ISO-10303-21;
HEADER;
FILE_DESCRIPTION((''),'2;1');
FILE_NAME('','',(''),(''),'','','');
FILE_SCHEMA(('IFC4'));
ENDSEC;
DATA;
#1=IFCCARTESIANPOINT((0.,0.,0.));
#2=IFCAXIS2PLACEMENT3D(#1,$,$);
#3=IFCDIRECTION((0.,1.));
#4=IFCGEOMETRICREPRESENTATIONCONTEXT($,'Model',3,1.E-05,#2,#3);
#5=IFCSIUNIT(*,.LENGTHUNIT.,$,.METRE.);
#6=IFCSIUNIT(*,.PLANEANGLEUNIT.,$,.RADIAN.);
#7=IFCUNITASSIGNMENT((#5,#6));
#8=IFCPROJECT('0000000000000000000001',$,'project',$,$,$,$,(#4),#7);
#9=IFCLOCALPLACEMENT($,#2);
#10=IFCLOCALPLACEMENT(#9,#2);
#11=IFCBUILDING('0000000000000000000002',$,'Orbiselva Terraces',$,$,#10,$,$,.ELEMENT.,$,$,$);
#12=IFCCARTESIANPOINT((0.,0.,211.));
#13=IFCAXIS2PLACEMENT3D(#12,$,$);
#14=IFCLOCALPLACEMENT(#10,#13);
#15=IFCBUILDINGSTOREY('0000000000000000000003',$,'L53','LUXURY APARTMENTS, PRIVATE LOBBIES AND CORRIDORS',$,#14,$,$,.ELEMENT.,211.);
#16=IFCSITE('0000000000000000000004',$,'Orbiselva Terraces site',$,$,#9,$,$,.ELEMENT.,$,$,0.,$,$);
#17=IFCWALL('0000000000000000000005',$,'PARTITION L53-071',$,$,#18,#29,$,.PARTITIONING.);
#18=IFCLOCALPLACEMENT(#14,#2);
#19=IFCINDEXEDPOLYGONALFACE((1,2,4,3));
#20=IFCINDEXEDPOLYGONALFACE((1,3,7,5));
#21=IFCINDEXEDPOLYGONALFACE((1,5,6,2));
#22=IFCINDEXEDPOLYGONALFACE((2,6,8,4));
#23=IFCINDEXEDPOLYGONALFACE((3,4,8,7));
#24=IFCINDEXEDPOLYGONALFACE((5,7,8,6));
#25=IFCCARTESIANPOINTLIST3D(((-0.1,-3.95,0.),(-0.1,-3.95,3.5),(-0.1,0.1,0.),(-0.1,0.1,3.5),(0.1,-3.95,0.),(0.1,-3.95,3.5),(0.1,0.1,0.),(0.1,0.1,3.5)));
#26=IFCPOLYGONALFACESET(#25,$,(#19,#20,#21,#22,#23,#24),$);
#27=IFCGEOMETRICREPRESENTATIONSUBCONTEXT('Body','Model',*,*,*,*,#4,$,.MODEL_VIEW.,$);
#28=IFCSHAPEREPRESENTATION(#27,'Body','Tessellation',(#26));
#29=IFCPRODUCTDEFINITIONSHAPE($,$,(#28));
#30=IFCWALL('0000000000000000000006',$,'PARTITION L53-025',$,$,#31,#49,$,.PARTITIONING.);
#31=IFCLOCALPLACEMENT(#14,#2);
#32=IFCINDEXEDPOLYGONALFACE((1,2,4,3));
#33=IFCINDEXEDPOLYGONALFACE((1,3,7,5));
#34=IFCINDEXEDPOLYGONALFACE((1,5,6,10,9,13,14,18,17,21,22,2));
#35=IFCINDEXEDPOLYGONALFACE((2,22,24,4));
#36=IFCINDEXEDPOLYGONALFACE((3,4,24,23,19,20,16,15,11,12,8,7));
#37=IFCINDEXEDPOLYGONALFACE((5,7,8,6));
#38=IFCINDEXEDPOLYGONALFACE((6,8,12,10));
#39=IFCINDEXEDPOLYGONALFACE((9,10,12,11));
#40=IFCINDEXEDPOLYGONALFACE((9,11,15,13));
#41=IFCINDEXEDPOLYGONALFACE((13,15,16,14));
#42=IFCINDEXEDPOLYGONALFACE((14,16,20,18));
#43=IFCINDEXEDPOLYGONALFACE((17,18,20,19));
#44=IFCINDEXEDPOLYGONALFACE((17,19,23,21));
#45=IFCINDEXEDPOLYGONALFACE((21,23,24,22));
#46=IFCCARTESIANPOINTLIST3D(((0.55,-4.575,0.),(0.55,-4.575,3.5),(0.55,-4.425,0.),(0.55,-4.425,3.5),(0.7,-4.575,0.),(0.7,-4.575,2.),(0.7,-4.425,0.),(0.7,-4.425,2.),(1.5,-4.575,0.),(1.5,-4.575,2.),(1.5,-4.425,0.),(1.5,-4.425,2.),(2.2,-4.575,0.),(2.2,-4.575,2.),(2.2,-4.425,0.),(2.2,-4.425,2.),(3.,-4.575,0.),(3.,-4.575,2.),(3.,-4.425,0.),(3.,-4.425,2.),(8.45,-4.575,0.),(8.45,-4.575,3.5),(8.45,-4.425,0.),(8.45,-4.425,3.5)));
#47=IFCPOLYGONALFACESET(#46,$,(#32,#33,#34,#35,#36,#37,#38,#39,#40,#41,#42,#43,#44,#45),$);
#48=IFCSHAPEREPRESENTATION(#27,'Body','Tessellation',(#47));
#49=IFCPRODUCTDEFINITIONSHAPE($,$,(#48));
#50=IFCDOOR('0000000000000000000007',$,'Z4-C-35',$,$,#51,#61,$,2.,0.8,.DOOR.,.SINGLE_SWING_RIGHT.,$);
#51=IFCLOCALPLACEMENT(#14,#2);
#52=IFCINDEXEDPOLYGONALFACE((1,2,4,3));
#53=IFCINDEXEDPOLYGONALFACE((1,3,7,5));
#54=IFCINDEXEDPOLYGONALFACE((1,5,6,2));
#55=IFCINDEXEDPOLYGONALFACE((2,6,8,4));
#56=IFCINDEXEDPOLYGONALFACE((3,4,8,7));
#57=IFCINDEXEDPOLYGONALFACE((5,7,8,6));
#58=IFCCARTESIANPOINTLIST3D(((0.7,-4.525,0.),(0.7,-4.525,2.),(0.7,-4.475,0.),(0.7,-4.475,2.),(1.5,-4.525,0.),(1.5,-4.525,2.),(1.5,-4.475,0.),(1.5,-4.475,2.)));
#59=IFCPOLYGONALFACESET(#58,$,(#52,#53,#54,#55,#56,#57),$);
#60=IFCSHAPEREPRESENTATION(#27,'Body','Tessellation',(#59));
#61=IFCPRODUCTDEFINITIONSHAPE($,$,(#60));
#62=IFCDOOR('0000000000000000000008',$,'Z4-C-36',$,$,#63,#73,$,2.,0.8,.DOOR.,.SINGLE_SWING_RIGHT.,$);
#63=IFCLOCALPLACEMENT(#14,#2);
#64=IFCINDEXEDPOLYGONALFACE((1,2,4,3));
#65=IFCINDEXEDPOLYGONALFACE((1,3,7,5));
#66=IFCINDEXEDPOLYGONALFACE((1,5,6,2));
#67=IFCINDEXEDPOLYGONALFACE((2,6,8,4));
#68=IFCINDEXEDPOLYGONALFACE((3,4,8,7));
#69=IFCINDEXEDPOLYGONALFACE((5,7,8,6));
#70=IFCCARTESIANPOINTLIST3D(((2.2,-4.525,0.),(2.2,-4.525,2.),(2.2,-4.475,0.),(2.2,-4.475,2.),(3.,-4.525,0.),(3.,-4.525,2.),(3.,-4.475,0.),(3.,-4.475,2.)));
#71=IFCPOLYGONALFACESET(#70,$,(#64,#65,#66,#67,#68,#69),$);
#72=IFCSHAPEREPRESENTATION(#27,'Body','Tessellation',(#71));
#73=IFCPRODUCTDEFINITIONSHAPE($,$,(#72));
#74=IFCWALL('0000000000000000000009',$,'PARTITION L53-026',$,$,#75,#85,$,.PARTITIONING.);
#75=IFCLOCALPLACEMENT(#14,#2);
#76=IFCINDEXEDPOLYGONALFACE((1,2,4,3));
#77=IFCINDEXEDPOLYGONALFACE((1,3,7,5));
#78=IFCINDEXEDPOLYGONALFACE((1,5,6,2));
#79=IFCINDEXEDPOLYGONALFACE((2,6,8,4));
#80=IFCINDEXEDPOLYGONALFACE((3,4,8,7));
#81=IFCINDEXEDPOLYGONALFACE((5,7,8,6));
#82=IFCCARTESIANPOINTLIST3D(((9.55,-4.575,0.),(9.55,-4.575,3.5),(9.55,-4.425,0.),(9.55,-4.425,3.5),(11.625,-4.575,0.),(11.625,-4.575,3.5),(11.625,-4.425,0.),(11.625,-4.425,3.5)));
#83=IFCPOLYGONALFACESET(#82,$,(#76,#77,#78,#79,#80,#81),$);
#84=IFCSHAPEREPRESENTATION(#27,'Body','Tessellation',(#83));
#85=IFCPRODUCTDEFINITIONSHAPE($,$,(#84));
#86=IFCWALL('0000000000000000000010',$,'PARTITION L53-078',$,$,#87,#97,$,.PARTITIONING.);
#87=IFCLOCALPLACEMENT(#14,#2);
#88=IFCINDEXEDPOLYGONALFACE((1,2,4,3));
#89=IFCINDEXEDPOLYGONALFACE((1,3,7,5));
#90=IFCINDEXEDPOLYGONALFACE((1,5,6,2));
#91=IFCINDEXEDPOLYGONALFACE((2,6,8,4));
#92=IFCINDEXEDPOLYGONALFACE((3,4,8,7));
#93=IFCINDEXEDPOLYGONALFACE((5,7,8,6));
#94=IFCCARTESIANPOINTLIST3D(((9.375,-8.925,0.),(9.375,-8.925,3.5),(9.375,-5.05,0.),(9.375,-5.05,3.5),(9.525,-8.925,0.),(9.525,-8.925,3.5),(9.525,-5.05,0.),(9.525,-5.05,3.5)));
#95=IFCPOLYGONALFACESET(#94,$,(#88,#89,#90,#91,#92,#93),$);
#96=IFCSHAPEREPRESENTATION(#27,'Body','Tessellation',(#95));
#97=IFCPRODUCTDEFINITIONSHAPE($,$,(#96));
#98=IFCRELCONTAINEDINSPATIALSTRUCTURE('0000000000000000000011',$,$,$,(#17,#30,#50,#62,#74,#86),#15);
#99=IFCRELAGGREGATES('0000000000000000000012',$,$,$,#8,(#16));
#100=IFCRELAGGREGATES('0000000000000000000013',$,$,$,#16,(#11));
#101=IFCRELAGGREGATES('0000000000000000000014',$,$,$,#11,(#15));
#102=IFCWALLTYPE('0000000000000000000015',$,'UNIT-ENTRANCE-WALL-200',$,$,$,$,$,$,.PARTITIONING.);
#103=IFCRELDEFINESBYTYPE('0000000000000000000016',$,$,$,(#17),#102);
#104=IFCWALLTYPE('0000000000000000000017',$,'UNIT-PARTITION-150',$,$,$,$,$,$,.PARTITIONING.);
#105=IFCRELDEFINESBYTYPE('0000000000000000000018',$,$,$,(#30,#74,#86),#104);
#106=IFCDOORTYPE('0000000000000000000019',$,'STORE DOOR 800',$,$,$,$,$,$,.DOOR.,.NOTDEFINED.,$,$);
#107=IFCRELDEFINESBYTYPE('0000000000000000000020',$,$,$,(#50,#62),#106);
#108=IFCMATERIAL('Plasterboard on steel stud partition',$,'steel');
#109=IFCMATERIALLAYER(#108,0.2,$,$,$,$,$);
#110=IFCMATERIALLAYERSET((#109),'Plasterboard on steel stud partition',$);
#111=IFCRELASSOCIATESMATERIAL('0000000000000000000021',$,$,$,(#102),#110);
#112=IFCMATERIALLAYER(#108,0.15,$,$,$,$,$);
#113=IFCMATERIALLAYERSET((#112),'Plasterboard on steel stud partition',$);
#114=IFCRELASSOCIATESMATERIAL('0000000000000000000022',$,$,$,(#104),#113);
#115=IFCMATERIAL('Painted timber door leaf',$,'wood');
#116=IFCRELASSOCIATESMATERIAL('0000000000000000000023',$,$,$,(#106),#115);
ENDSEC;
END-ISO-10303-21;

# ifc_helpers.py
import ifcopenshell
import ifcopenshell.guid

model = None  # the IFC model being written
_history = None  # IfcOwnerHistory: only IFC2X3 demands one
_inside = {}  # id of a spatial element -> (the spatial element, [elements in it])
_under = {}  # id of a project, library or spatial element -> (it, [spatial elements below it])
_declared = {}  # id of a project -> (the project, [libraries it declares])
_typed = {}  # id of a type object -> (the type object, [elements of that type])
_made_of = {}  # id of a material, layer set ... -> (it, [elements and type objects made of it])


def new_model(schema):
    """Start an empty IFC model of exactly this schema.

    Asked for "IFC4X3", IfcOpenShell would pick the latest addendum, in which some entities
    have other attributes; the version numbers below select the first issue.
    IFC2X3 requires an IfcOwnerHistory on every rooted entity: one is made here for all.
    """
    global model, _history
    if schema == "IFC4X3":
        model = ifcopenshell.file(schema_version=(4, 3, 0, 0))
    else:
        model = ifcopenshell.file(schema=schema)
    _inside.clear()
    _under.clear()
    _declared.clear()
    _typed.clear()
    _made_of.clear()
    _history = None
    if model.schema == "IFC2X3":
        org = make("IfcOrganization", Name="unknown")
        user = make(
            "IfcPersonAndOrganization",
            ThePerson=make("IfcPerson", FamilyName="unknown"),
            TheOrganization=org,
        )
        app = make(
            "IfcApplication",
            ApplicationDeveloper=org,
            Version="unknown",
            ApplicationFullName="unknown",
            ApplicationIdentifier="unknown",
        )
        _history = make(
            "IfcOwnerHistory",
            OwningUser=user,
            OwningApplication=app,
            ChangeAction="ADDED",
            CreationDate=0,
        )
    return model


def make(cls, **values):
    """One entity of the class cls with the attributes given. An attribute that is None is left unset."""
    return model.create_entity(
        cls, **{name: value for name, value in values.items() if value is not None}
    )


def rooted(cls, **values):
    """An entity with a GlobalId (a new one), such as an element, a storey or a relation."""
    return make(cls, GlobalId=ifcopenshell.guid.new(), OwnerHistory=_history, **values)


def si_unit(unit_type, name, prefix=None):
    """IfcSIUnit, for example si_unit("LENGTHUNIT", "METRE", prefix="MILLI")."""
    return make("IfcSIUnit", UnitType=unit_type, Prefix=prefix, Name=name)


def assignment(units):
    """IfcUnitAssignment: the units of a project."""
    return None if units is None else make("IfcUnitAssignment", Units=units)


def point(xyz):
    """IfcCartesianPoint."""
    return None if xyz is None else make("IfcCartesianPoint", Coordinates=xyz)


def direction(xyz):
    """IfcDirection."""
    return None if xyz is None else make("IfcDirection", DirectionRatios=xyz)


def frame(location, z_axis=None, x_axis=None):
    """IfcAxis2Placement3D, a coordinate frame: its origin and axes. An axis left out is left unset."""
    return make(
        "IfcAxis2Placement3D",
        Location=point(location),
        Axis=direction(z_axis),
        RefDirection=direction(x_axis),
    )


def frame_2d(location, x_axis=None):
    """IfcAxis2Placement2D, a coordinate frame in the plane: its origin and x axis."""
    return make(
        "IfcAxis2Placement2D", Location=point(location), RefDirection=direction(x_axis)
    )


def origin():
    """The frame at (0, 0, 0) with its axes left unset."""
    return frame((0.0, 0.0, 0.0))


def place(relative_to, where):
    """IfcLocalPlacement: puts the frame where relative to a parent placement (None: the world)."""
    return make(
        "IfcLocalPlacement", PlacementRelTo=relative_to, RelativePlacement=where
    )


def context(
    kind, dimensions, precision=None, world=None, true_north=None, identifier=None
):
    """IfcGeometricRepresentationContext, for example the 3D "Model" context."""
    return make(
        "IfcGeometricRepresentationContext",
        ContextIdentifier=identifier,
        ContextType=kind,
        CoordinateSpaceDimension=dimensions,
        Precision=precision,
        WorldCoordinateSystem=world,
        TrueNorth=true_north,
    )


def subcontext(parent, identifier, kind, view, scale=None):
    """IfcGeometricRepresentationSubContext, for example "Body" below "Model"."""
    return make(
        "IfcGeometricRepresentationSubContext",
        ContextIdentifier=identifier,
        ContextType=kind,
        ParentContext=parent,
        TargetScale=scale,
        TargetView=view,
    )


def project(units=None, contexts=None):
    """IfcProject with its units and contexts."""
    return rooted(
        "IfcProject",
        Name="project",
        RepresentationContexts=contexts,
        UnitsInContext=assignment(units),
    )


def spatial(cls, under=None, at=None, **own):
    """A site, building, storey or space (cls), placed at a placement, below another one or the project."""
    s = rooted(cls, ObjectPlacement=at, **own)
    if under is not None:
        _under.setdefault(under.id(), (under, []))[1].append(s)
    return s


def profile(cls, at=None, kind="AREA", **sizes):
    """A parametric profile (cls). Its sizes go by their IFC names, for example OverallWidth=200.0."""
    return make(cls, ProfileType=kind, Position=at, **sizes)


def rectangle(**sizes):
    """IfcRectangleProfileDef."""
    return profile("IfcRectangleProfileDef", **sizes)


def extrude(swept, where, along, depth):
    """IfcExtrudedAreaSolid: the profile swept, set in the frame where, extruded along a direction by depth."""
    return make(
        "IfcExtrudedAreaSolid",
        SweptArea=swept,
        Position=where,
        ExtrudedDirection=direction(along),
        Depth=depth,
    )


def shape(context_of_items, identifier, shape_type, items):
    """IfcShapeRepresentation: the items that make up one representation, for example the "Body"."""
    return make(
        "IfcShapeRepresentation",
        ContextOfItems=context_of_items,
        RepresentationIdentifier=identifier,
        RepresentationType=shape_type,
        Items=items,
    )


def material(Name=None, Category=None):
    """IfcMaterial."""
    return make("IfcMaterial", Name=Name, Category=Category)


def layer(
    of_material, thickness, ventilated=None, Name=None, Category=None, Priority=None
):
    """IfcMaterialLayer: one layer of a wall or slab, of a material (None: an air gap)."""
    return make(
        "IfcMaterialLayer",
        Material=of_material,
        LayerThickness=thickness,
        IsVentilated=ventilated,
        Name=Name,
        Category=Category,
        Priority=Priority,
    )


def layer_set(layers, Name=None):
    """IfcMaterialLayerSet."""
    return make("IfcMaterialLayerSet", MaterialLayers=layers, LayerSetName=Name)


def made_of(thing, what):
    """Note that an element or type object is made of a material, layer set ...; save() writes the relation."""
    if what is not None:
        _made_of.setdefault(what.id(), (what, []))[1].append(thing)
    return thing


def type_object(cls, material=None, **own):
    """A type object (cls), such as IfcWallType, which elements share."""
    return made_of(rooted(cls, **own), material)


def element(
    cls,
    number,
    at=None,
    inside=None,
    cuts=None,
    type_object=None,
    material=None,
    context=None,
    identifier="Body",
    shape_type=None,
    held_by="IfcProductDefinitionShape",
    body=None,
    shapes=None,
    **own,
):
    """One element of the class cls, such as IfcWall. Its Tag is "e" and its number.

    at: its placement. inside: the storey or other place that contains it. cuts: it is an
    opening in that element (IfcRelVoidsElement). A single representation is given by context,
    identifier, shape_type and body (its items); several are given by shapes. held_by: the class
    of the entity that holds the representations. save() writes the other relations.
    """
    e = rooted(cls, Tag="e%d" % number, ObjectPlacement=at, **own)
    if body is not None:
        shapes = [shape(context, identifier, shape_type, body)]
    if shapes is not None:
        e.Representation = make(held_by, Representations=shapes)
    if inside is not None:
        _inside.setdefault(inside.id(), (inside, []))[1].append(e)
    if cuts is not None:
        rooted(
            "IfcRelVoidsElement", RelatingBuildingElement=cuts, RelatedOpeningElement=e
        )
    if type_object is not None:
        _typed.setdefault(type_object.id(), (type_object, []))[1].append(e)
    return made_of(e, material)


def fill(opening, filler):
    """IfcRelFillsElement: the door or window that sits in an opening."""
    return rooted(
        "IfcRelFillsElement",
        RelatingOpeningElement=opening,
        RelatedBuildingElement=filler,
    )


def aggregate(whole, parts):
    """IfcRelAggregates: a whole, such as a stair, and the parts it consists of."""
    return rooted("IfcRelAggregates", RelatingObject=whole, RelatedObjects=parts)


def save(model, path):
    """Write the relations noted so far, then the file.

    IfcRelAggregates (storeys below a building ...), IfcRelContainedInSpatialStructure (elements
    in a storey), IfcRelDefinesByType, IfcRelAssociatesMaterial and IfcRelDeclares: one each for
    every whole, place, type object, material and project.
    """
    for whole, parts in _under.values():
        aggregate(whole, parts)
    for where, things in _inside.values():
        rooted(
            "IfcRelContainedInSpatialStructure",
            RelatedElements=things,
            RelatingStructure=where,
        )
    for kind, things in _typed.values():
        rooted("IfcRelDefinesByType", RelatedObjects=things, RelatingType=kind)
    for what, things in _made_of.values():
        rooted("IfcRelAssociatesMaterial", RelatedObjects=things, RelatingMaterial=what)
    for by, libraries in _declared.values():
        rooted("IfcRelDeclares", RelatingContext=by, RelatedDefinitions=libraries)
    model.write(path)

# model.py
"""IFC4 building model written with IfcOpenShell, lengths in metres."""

from ifc_helpers import new_model, si_unit, direction, frame, frame_2d, origin, place, context, subcontext, project, spatial, rectangle, extrude, material, layer, layer_set, type_object, element, fill, save


model = new_model("IFC4")

# Units and contexts
model_context = context("Model", 3, precision=1e-05, world=origin(), true_north=direction((0.0, 1.0)))
body_context = subcontext(model_context, "Body", "Model", "MODEL_VIEW")
ifc_project = project(units=[si_unit("LENGTHUNIT", "METRE"), si_unit("PLANEANGLEUNIT", "RADIAN")], contexts=[model_context])

# Site, building, storey
site_placement = place(None, origin())
site = spatial("IfcSite", under=ifc_project, at=site_placement, Name="Orbiselva Terraces site", CompositionType="ELEMENT", RefElevation=0.0)
building_placement = place(site_placement, origin())
building = spatial("IfcBuilding", under=site, at=building_placement, Name="Orbiselva Terraces", CompositionType="ELEMENT")
storey_placement = place(building_placement, frame((0.0, 0.0, 211.0)))
storey = spatial("IfcBuildingStorey", under=building, at=storey_placement, Name="L53", Description="LUXURY APARTMENTS, PRIVATE LOBBIES AND CORRIDORS", CompositionType="ELEMENT", Elevation=211.0)

# Wall
ifc_material_1 = material(Name="Plasterboard on steel stud partition", Category="steel")
ifc_layer_1 = layer(ifc_material_1, 0.2)
ifc_layer_set_1 = layer_set([ifc_layer_1], Name="Plasterboard on steel stud partition")
wall_type_1 = type_object("IfcWallType", Name="UNIT-ENTRANCE-WALL-200", PredefinedType="PARTITIONING", material=ifc_layer_set_1)
wall_1_placement = place(storey_placement, frame((0.0, -3.95, 0.0), z_axis=(0.0, 0.0, 1.0), x_axis=(0.0, 1.0, 0.0)))
element("IfcWall", 1, at=wall_1_placement, inside=storey, type_object=wall_type_1, Name="PARTITION L53-071", PredefinedType="PARTITIONING", context=body_context, shape_type="SweptSolid", body=[
    extrude(rectangle(XDim=4.05, YDim=0.2, at=frame_2d((2.025, 0.0))), origin(), (0.0, 0.0, 1.0), 3.5),
])

# Wall, openings, doors
ifc_layer_2 = layer(ifc_material_1, 0.15)
ifc_layer_set_2 = layer_set([ifc_layer_2], Name="Plasterboard on steel stud partition")
wall_type_2 = type_object("IfcWallType", Name="UNIT-PARTITION-150", PredefinedType="PARTITIONING", material=ifc_layer_set_2)
wall_2_placement = place(storey_placement, frame((8.45, -4.5, 0.0), z_axis=(0.0, 0.0, 1.0), x_axis=(-1.0, 0.0, 0.0)))
wall_2 = element("IfcWall", 2, at=wall_2_placement, inside=storey, type_object=wall_type_2, Name="PARTITION L53-025", PredefinedType="PARTITIONING", context=body_context, shape_type="SweptSolid", body=[
    extrude(rectangle(XDim=7.9, YDim=0.15, at=frame_2d((3.95, 0.0))), origin(), (0.0, 0.0, 1.0), 3.5),
])
opening_1_placement = place(wall_2_placement, frame((6.95, 0.0, 0.0)))
opening_1 = element("IfcOpeningElement", 3, at=opening_1_placement, cuts=wall_2, PredefinedType="OPENING", context=body_context, shape_type="SweptSolid", body=[
    extrude(rectangle(XDim=0.8, YDim=2.0, at=frame_2d((0.4, 1.0))), frame((0.0, 0.085, 0.0), z_axis=(0.0, -1.0, 0.0), x_axis=(1.0, 0.0, 0.0)), (0.0, 0.0, 1.0), 0.17),
])
opening_2_placement = place(wall_2_placement, frame((5.45, 0.0, 0.0)))
opening_2 = element("IfcOpeningElement", 4, at=opening_2_placement, cuts=wall_2, PredefinedType="OPENING", context=body_context, shape_type="SweptSolid", body=[
    extrude(rectangle(XDim=0.8, YDim=2.0, at=frame_2d((0.4, 1.0))), frame((0.0, 0.085, 0.0), z_axis=(0.0, -1.0, 0.0), x_axis=(1.0, 0.0, 0.0)), (0.0, 0.0, 1.0), 0.17),
])
ifc_material_2 = material(Name="Painted timber door leaf", Category="wood")
door_type = type_object("IfcDoorType", Name="STORE DOOR 800", OperationType="NOTDEFINED", PredefinedType="DOOR", material=ifc_material_2)
door_1_placement = place(opening_1_placement, origin())
door_1 = element("IfcDoor", 5, at=door_1_placement, inside=storey, type_object=door_type, Name="Z4-C-35", OperationType="SINGLE_SWING_RIGHT", OverallHeight=2.0, OverallWidth=0.8, PredefinedType="DOOR", context=body_context, shape_type="SweptSolid", body=[
    extrude(rectangle(XDim=0.8, YDim=2.0, at=frame_2d((0.4, 1.0))), frame((0.0, 0.025, 0.0), z_axis=(0.0, -1.0, 0.0), x_axis=(1.0, 0.0, 0.0)), (0.0, 0.0, 1.0), 0.05),
])
fill(opening_1, door_1)
door_2_placement = place(opening_2_placement, origin())
door_2 = element("IfcDoor", 6, at=door_2_placement, inside=storey, type_object=door_type, Name="Z4-C-36", OperationType="SINGLE_SWING_RIGHT", OverallHeight=2.0, OverallWidth=0.8, PredefinedType="DOOR", context=body_context, shape_type="SweptSolid", body=[
    extrude(rectangle(XDim=0.8, YDim=2.0, at=frame_2d((0.4, 1.0))), frame((0.0, 0.025, 0.0), z_axis=(0.0, -1.0, 0.0), x_axis=(1.0, 0.0, 0.0)), (0.0, 0.0, 1.0), 0.05),
])
fill(opening_2, door_2)

# Walls
wall_3_placement = place(storey_placement, frame((9.55, -4.5, 0.0), z_axis=(0.0, 0.0, 1.0), x_axis=(1.0, 0.0, 0.0)))
element("IfcWall", 7, at=wall_3_placement, inside=storey, type_object=wall_type_2, Name="PARTITION L53-026", PredefinedType="PARTITIONING", context=body_context, shape_type="SweptSolid", body=[
    extrude(rectangle(XDim=2.075, YDim=0.15, at=frame_2d((1.0375, 0.0))), origin(), (0.0, 0.0, 1.0), 3.5),
])
wall_4_placement = place(storey_placement, frame((9.45, -8.925, 0.0), z_axis=(0.0, 0.0, 1.0), x_axis=(0.0, 1.0, 0.0)))
element("IfcWall", 8, at=wall_4_placement, inside=storey, type_object=wall_type_2, Name="PARTITION L53-078", PredefinedType="PARTITIONING", context=body_context, shape_type="SweptSolid", body=[
    extrude(rectangle(XDim=3.875, YDim=0.15, at=frame_2d((1.9375, 0.0))), origin(), (0.0, 0.0, 1.0), 3.5),
])

save(model, "model.ifc")
